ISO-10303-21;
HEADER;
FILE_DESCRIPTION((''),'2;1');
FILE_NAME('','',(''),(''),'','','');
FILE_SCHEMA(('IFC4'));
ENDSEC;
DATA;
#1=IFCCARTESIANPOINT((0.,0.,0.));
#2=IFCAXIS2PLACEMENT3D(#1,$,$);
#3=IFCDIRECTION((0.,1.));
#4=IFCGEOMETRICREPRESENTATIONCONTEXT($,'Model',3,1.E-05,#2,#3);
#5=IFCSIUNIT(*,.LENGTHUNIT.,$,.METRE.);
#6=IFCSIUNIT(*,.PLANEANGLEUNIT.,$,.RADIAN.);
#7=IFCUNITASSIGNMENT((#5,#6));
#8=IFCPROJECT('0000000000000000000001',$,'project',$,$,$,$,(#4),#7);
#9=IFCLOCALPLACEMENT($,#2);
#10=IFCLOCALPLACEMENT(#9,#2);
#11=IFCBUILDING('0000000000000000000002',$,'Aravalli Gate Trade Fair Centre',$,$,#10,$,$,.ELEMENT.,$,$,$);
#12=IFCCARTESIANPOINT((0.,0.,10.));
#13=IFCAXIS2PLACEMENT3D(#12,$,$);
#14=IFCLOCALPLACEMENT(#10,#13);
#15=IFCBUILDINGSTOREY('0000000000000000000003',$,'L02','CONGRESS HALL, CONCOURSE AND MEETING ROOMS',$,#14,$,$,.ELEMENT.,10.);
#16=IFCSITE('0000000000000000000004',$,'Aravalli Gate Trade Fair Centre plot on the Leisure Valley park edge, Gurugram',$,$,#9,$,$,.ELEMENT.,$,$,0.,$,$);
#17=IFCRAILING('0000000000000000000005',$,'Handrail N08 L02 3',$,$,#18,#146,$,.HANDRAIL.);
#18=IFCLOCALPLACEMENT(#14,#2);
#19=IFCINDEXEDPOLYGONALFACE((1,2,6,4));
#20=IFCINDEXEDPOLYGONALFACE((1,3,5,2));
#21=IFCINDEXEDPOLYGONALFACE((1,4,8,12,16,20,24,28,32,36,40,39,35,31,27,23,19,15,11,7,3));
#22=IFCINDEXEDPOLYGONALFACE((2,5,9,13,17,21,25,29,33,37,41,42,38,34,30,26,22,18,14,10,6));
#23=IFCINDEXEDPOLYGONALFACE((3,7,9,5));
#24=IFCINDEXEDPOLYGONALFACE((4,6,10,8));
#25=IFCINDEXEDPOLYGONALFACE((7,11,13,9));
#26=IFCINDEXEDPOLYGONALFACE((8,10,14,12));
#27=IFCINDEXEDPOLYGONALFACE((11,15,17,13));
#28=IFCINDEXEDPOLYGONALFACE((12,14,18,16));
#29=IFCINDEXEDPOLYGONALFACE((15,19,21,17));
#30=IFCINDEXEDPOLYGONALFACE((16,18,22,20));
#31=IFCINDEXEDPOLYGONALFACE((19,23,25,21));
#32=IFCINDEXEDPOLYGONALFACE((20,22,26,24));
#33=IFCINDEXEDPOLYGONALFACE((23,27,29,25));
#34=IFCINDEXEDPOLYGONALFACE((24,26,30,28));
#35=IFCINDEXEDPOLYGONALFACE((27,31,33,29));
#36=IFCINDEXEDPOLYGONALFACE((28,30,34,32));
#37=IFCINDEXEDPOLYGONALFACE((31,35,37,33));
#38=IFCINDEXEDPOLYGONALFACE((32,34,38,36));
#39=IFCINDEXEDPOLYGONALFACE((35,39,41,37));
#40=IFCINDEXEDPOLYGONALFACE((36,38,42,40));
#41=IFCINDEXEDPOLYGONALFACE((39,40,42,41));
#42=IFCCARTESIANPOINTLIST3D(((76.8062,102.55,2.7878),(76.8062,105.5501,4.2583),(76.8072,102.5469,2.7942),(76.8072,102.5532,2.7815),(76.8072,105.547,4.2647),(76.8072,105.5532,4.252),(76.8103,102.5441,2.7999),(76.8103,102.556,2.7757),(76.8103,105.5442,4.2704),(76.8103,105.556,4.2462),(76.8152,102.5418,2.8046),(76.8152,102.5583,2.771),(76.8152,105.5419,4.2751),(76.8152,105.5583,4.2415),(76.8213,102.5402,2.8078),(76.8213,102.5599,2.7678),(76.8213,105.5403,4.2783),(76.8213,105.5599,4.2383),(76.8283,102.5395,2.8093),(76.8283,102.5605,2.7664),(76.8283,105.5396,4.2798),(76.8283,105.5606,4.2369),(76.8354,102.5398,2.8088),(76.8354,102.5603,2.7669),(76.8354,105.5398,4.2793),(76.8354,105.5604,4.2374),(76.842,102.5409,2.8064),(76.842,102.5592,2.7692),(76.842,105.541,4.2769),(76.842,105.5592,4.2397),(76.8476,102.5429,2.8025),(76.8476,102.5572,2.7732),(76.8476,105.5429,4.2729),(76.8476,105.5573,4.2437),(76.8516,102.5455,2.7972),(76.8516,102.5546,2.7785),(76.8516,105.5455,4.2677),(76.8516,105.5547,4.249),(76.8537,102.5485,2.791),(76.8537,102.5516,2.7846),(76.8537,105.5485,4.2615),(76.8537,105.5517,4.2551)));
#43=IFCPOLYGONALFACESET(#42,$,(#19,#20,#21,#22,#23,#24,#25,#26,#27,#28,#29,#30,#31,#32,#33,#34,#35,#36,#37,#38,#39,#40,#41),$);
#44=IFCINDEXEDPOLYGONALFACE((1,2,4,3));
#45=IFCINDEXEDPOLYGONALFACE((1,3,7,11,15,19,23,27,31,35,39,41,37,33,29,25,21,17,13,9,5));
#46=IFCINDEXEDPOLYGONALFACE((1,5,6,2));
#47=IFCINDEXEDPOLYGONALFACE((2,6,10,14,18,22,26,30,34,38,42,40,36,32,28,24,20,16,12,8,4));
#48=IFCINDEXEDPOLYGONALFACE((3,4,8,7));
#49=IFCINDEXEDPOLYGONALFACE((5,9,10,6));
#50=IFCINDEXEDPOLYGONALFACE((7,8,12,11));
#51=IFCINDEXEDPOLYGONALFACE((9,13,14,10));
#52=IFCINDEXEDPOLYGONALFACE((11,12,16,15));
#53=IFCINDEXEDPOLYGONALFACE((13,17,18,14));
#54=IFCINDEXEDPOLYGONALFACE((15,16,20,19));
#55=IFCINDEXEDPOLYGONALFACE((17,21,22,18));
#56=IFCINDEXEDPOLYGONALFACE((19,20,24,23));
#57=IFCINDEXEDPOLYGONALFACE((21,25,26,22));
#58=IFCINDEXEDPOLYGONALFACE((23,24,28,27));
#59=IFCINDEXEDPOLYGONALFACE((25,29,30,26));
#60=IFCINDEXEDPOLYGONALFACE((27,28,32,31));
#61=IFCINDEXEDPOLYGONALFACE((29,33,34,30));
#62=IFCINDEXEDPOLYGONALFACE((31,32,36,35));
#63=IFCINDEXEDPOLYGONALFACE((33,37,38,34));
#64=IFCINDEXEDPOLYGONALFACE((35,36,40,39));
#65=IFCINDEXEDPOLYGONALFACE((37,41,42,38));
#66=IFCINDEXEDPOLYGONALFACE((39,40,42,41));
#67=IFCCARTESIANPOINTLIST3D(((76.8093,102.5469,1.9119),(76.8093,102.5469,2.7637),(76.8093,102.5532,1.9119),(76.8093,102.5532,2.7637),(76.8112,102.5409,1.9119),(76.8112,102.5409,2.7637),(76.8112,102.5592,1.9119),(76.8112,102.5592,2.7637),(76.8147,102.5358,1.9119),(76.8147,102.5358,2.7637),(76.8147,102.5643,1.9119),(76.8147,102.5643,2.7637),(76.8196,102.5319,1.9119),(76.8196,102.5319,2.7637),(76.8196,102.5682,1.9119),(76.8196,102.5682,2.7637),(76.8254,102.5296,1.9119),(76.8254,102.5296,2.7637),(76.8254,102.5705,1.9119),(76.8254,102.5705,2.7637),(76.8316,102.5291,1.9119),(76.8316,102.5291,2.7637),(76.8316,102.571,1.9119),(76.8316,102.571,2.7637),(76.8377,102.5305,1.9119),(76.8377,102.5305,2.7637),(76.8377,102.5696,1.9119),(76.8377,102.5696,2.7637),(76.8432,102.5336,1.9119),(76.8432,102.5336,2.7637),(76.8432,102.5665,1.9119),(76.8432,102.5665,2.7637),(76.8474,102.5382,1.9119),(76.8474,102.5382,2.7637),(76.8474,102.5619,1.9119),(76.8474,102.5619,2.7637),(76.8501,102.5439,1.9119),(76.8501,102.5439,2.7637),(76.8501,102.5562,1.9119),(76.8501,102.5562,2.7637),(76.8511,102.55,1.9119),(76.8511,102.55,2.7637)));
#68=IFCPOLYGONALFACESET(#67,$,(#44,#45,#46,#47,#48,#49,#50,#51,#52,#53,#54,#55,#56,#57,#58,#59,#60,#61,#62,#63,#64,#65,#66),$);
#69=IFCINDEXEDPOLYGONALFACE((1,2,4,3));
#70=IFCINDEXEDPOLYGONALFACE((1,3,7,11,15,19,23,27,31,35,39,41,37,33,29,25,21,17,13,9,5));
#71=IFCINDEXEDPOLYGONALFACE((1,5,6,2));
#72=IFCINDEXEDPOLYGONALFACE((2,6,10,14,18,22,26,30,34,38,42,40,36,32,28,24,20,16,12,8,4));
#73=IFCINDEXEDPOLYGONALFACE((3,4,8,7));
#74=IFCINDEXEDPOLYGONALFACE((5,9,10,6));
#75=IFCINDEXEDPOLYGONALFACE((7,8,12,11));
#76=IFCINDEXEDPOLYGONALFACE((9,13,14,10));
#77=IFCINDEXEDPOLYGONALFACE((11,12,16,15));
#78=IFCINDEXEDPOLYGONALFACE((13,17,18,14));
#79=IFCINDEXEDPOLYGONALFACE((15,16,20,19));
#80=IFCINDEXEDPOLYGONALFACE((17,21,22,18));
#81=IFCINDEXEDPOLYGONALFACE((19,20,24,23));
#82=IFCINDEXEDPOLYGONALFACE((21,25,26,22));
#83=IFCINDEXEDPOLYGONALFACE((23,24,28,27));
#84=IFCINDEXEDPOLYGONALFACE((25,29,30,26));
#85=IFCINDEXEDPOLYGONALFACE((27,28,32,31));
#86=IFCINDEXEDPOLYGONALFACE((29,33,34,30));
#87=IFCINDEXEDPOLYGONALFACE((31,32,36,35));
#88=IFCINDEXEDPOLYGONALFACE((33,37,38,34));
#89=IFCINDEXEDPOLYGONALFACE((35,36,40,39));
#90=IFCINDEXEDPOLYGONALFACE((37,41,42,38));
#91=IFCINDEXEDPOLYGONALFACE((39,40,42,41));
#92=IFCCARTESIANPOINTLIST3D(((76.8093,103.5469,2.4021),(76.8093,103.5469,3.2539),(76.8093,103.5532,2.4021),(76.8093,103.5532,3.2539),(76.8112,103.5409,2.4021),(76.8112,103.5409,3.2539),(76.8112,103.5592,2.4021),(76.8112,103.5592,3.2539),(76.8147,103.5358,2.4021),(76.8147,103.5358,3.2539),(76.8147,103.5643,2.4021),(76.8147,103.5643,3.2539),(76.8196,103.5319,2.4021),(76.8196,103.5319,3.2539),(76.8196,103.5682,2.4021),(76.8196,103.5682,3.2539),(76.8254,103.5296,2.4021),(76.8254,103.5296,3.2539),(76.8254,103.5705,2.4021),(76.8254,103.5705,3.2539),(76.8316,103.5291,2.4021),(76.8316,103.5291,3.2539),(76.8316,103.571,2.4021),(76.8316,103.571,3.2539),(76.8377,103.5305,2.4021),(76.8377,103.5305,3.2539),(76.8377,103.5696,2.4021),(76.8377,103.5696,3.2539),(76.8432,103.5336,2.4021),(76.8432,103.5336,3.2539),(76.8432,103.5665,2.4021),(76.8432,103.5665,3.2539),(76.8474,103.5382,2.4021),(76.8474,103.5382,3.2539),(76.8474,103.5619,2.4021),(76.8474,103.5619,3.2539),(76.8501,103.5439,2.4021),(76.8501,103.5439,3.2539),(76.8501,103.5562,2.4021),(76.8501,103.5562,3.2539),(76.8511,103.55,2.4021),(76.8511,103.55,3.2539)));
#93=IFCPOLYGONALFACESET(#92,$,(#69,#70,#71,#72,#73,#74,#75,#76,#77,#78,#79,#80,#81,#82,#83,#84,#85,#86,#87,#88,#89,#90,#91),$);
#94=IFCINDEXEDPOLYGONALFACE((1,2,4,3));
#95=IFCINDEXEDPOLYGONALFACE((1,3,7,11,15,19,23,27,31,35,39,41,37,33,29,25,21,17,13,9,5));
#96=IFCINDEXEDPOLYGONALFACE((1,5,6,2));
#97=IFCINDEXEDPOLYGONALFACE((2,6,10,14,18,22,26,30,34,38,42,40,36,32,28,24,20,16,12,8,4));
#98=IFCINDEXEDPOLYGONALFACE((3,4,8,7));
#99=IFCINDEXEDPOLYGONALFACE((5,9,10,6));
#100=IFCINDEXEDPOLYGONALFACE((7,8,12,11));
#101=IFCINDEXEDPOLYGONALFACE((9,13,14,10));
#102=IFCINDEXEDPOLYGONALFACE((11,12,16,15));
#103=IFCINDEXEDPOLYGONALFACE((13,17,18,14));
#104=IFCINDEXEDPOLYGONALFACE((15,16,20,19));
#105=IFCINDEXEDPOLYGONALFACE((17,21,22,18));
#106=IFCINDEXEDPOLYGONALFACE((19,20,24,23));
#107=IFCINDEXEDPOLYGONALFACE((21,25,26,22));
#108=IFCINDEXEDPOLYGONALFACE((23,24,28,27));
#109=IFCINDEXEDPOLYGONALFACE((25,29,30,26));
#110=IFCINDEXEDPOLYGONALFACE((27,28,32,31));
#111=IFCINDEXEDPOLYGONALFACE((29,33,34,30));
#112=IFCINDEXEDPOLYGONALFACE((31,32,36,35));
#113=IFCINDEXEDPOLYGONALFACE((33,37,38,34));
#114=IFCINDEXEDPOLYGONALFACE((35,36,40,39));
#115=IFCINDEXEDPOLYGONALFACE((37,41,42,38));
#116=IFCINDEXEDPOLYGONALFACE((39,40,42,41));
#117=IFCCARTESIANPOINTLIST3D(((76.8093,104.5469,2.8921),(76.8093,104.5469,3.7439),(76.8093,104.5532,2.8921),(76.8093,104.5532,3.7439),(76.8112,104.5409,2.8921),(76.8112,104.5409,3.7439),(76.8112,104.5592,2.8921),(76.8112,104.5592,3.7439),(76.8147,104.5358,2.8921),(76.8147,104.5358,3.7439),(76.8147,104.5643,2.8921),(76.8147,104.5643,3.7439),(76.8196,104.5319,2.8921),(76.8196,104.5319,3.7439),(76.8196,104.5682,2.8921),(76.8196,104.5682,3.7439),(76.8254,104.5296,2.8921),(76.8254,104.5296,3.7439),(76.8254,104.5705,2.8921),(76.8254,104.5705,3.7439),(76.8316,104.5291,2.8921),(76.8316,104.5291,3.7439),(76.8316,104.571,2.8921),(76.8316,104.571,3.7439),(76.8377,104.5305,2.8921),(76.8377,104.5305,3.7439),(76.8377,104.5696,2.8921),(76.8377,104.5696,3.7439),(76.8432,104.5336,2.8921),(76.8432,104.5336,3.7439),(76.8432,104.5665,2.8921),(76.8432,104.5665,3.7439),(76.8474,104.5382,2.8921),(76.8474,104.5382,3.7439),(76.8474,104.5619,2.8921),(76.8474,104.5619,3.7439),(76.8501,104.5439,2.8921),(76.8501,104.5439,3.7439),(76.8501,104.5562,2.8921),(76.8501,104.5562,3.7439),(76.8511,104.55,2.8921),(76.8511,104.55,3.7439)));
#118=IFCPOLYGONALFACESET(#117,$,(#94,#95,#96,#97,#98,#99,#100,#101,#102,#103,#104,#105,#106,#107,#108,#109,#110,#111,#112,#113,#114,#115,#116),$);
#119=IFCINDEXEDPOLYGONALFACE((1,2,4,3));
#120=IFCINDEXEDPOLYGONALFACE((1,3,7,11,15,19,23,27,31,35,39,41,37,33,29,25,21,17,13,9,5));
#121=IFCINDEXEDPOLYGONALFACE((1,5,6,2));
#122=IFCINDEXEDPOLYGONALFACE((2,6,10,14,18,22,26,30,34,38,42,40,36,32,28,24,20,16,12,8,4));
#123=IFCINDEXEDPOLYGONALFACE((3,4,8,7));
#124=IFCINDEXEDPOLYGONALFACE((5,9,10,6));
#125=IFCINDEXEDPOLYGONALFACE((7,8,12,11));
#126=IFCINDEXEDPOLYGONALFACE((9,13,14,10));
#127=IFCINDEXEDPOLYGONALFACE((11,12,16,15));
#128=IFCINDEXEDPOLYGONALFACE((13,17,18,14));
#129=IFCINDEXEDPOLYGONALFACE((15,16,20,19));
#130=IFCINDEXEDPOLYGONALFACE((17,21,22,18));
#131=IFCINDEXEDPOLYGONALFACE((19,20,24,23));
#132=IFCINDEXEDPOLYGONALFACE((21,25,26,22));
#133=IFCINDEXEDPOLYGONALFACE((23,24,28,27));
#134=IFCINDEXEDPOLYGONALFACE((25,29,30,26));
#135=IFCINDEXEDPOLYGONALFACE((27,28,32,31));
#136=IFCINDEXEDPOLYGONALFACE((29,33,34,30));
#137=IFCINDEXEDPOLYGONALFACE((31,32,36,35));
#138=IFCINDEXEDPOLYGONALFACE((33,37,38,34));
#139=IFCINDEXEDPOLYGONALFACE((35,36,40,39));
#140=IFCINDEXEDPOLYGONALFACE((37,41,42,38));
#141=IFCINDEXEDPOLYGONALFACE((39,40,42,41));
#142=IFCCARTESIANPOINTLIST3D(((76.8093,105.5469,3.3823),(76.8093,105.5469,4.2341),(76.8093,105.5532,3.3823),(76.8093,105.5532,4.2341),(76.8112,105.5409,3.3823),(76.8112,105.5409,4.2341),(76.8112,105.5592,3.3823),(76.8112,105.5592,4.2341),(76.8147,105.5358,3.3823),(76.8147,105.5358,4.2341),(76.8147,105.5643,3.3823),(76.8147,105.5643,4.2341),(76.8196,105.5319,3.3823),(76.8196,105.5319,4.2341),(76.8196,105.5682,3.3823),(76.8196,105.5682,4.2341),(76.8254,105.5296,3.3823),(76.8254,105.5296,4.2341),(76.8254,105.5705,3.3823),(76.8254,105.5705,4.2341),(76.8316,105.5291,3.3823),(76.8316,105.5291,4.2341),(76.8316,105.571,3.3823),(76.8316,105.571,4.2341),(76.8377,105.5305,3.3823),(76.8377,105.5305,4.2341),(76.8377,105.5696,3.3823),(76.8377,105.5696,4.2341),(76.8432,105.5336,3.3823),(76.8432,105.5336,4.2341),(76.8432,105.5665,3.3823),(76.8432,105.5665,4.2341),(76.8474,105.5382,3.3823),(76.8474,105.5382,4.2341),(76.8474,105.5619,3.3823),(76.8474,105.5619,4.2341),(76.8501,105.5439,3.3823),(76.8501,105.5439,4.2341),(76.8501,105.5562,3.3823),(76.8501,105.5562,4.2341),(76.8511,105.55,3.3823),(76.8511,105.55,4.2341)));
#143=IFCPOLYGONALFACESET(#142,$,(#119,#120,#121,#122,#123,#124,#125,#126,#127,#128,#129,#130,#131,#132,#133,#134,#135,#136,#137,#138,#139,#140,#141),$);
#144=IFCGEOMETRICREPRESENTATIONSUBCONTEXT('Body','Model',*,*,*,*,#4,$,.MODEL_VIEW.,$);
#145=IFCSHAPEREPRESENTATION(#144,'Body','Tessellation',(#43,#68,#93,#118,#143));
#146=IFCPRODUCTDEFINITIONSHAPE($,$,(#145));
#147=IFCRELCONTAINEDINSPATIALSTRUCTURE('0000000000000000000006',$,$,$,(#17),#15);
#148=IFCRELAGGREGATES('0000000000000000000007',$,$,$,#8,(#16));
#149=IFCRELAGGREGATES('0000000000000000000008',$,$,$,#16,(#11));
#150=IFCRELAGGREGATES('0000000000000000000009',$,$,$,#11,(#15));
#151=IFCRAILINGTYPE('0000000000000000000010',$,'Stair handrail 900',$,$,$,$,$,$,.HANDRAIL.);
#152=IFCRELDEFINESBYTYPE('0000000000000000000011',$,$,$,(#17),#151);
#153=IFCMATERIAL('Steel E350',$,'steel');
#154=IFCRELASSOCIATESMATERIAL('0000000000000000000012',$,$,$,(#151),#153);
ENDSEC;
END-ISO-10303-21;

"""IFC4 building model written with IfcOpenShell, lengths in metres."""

from ifc_helpers import new_model, si_unit, direction, frame, origin, origin_2d, place, context, subcontext, project, spatial, circle, extrude, material, type_object, element, save


model = new_model("IFC4")

# Units and contexts
model_context = context("Model", 3, precision=1e-05, world=origin(), true_north=direction((0.0, 1.0)))
body_context = subcontext(model_context, "Body", "Model", "MODEL_VIEW")
ifc_project = project(units=[si_unit("LENGTHUNIT", "METRE"), si_unit("PLANEANGLEUNIT", "RADIAN")], contexts=[model_context])

# Site, building, storey
site_placement = place(None, origin())
site = spatial("IfcSite", under=ifc_project, at=site_placement, Name="Aravalli Gate Trade Fair Centre plot on the Leisure Valley park edge, Gurugram", CompositionType="ELEMENT", RefElevation=0.0)
building_placement = place(site_placement, origin())
building = spatial("IfcBuilding", under=site, at=building_placement, Name="Aravalli Gate Trade Fair Centre", CompositionType="ELEMENT")
storey_placement = place(building_placement, frame((0.0, 0.0, 10.0)))
storey = spatial("IfcBuildingStorey", under=building, at=storey_placement, Name="L02", Description="CONGRESS HALL, CONCOURSE AND MEETING ROOMS", CompositionType="ELEMENT", Elevation=10.0)

# Shared definitions
ifc_material_1 = material(Name="Steel E350", Category="steel")

# Railing
railing_type_1 = type_object("IfcRailingType", Name="Stair handrail 900", PredefinedType="HANDRAIL", material=ifc_material_1)
for number, where, name in (
    (1, (76.8301, 102.55, 1.9119), "Handrail N08 L02 3"),
):
    element("IfcRailing", number, at=place(storey_placement, frame(where)), inside=storey, type_object=railing_type_1, Name=name, PredefinedType="HANDRAIL", context=body_context, shape_type="SweptSolid", body=[
        extrude(circle(Radius=0.0239, at=origin_2d()), frame((0.0, 0.0, 0.876), z_axis=(0.0, 0.897936, 0.440126), x_axis=(-1.0, 0.0, 0.0)), (0.0, 0.0, 1.0), 3.3411),
        extrude(circle(Radius=0.021, at=origin_2d()), origin(), (0.0, 0.0, 1.0), 0.8518),
        extrude(circle(Radius=0.021, at=origin_2d()), frame((0.0, 1.0, 0.4902)), (0.0, 0.0, 1.0), 0.8518),
        extrude(circle(Radius=0.021, at=origin_2d()), frame((0.0, 2.0, 0.9802)), (0.0, 0.0, 1.0), 0.8518),
        extrude(circle(Radius=0.021, at=origin_2d()), frame((0.0, 3.0, 1.4705)), (0.0, 0.0, 1.0), 0.8518),
    ])

save(model, "model.ifc")
